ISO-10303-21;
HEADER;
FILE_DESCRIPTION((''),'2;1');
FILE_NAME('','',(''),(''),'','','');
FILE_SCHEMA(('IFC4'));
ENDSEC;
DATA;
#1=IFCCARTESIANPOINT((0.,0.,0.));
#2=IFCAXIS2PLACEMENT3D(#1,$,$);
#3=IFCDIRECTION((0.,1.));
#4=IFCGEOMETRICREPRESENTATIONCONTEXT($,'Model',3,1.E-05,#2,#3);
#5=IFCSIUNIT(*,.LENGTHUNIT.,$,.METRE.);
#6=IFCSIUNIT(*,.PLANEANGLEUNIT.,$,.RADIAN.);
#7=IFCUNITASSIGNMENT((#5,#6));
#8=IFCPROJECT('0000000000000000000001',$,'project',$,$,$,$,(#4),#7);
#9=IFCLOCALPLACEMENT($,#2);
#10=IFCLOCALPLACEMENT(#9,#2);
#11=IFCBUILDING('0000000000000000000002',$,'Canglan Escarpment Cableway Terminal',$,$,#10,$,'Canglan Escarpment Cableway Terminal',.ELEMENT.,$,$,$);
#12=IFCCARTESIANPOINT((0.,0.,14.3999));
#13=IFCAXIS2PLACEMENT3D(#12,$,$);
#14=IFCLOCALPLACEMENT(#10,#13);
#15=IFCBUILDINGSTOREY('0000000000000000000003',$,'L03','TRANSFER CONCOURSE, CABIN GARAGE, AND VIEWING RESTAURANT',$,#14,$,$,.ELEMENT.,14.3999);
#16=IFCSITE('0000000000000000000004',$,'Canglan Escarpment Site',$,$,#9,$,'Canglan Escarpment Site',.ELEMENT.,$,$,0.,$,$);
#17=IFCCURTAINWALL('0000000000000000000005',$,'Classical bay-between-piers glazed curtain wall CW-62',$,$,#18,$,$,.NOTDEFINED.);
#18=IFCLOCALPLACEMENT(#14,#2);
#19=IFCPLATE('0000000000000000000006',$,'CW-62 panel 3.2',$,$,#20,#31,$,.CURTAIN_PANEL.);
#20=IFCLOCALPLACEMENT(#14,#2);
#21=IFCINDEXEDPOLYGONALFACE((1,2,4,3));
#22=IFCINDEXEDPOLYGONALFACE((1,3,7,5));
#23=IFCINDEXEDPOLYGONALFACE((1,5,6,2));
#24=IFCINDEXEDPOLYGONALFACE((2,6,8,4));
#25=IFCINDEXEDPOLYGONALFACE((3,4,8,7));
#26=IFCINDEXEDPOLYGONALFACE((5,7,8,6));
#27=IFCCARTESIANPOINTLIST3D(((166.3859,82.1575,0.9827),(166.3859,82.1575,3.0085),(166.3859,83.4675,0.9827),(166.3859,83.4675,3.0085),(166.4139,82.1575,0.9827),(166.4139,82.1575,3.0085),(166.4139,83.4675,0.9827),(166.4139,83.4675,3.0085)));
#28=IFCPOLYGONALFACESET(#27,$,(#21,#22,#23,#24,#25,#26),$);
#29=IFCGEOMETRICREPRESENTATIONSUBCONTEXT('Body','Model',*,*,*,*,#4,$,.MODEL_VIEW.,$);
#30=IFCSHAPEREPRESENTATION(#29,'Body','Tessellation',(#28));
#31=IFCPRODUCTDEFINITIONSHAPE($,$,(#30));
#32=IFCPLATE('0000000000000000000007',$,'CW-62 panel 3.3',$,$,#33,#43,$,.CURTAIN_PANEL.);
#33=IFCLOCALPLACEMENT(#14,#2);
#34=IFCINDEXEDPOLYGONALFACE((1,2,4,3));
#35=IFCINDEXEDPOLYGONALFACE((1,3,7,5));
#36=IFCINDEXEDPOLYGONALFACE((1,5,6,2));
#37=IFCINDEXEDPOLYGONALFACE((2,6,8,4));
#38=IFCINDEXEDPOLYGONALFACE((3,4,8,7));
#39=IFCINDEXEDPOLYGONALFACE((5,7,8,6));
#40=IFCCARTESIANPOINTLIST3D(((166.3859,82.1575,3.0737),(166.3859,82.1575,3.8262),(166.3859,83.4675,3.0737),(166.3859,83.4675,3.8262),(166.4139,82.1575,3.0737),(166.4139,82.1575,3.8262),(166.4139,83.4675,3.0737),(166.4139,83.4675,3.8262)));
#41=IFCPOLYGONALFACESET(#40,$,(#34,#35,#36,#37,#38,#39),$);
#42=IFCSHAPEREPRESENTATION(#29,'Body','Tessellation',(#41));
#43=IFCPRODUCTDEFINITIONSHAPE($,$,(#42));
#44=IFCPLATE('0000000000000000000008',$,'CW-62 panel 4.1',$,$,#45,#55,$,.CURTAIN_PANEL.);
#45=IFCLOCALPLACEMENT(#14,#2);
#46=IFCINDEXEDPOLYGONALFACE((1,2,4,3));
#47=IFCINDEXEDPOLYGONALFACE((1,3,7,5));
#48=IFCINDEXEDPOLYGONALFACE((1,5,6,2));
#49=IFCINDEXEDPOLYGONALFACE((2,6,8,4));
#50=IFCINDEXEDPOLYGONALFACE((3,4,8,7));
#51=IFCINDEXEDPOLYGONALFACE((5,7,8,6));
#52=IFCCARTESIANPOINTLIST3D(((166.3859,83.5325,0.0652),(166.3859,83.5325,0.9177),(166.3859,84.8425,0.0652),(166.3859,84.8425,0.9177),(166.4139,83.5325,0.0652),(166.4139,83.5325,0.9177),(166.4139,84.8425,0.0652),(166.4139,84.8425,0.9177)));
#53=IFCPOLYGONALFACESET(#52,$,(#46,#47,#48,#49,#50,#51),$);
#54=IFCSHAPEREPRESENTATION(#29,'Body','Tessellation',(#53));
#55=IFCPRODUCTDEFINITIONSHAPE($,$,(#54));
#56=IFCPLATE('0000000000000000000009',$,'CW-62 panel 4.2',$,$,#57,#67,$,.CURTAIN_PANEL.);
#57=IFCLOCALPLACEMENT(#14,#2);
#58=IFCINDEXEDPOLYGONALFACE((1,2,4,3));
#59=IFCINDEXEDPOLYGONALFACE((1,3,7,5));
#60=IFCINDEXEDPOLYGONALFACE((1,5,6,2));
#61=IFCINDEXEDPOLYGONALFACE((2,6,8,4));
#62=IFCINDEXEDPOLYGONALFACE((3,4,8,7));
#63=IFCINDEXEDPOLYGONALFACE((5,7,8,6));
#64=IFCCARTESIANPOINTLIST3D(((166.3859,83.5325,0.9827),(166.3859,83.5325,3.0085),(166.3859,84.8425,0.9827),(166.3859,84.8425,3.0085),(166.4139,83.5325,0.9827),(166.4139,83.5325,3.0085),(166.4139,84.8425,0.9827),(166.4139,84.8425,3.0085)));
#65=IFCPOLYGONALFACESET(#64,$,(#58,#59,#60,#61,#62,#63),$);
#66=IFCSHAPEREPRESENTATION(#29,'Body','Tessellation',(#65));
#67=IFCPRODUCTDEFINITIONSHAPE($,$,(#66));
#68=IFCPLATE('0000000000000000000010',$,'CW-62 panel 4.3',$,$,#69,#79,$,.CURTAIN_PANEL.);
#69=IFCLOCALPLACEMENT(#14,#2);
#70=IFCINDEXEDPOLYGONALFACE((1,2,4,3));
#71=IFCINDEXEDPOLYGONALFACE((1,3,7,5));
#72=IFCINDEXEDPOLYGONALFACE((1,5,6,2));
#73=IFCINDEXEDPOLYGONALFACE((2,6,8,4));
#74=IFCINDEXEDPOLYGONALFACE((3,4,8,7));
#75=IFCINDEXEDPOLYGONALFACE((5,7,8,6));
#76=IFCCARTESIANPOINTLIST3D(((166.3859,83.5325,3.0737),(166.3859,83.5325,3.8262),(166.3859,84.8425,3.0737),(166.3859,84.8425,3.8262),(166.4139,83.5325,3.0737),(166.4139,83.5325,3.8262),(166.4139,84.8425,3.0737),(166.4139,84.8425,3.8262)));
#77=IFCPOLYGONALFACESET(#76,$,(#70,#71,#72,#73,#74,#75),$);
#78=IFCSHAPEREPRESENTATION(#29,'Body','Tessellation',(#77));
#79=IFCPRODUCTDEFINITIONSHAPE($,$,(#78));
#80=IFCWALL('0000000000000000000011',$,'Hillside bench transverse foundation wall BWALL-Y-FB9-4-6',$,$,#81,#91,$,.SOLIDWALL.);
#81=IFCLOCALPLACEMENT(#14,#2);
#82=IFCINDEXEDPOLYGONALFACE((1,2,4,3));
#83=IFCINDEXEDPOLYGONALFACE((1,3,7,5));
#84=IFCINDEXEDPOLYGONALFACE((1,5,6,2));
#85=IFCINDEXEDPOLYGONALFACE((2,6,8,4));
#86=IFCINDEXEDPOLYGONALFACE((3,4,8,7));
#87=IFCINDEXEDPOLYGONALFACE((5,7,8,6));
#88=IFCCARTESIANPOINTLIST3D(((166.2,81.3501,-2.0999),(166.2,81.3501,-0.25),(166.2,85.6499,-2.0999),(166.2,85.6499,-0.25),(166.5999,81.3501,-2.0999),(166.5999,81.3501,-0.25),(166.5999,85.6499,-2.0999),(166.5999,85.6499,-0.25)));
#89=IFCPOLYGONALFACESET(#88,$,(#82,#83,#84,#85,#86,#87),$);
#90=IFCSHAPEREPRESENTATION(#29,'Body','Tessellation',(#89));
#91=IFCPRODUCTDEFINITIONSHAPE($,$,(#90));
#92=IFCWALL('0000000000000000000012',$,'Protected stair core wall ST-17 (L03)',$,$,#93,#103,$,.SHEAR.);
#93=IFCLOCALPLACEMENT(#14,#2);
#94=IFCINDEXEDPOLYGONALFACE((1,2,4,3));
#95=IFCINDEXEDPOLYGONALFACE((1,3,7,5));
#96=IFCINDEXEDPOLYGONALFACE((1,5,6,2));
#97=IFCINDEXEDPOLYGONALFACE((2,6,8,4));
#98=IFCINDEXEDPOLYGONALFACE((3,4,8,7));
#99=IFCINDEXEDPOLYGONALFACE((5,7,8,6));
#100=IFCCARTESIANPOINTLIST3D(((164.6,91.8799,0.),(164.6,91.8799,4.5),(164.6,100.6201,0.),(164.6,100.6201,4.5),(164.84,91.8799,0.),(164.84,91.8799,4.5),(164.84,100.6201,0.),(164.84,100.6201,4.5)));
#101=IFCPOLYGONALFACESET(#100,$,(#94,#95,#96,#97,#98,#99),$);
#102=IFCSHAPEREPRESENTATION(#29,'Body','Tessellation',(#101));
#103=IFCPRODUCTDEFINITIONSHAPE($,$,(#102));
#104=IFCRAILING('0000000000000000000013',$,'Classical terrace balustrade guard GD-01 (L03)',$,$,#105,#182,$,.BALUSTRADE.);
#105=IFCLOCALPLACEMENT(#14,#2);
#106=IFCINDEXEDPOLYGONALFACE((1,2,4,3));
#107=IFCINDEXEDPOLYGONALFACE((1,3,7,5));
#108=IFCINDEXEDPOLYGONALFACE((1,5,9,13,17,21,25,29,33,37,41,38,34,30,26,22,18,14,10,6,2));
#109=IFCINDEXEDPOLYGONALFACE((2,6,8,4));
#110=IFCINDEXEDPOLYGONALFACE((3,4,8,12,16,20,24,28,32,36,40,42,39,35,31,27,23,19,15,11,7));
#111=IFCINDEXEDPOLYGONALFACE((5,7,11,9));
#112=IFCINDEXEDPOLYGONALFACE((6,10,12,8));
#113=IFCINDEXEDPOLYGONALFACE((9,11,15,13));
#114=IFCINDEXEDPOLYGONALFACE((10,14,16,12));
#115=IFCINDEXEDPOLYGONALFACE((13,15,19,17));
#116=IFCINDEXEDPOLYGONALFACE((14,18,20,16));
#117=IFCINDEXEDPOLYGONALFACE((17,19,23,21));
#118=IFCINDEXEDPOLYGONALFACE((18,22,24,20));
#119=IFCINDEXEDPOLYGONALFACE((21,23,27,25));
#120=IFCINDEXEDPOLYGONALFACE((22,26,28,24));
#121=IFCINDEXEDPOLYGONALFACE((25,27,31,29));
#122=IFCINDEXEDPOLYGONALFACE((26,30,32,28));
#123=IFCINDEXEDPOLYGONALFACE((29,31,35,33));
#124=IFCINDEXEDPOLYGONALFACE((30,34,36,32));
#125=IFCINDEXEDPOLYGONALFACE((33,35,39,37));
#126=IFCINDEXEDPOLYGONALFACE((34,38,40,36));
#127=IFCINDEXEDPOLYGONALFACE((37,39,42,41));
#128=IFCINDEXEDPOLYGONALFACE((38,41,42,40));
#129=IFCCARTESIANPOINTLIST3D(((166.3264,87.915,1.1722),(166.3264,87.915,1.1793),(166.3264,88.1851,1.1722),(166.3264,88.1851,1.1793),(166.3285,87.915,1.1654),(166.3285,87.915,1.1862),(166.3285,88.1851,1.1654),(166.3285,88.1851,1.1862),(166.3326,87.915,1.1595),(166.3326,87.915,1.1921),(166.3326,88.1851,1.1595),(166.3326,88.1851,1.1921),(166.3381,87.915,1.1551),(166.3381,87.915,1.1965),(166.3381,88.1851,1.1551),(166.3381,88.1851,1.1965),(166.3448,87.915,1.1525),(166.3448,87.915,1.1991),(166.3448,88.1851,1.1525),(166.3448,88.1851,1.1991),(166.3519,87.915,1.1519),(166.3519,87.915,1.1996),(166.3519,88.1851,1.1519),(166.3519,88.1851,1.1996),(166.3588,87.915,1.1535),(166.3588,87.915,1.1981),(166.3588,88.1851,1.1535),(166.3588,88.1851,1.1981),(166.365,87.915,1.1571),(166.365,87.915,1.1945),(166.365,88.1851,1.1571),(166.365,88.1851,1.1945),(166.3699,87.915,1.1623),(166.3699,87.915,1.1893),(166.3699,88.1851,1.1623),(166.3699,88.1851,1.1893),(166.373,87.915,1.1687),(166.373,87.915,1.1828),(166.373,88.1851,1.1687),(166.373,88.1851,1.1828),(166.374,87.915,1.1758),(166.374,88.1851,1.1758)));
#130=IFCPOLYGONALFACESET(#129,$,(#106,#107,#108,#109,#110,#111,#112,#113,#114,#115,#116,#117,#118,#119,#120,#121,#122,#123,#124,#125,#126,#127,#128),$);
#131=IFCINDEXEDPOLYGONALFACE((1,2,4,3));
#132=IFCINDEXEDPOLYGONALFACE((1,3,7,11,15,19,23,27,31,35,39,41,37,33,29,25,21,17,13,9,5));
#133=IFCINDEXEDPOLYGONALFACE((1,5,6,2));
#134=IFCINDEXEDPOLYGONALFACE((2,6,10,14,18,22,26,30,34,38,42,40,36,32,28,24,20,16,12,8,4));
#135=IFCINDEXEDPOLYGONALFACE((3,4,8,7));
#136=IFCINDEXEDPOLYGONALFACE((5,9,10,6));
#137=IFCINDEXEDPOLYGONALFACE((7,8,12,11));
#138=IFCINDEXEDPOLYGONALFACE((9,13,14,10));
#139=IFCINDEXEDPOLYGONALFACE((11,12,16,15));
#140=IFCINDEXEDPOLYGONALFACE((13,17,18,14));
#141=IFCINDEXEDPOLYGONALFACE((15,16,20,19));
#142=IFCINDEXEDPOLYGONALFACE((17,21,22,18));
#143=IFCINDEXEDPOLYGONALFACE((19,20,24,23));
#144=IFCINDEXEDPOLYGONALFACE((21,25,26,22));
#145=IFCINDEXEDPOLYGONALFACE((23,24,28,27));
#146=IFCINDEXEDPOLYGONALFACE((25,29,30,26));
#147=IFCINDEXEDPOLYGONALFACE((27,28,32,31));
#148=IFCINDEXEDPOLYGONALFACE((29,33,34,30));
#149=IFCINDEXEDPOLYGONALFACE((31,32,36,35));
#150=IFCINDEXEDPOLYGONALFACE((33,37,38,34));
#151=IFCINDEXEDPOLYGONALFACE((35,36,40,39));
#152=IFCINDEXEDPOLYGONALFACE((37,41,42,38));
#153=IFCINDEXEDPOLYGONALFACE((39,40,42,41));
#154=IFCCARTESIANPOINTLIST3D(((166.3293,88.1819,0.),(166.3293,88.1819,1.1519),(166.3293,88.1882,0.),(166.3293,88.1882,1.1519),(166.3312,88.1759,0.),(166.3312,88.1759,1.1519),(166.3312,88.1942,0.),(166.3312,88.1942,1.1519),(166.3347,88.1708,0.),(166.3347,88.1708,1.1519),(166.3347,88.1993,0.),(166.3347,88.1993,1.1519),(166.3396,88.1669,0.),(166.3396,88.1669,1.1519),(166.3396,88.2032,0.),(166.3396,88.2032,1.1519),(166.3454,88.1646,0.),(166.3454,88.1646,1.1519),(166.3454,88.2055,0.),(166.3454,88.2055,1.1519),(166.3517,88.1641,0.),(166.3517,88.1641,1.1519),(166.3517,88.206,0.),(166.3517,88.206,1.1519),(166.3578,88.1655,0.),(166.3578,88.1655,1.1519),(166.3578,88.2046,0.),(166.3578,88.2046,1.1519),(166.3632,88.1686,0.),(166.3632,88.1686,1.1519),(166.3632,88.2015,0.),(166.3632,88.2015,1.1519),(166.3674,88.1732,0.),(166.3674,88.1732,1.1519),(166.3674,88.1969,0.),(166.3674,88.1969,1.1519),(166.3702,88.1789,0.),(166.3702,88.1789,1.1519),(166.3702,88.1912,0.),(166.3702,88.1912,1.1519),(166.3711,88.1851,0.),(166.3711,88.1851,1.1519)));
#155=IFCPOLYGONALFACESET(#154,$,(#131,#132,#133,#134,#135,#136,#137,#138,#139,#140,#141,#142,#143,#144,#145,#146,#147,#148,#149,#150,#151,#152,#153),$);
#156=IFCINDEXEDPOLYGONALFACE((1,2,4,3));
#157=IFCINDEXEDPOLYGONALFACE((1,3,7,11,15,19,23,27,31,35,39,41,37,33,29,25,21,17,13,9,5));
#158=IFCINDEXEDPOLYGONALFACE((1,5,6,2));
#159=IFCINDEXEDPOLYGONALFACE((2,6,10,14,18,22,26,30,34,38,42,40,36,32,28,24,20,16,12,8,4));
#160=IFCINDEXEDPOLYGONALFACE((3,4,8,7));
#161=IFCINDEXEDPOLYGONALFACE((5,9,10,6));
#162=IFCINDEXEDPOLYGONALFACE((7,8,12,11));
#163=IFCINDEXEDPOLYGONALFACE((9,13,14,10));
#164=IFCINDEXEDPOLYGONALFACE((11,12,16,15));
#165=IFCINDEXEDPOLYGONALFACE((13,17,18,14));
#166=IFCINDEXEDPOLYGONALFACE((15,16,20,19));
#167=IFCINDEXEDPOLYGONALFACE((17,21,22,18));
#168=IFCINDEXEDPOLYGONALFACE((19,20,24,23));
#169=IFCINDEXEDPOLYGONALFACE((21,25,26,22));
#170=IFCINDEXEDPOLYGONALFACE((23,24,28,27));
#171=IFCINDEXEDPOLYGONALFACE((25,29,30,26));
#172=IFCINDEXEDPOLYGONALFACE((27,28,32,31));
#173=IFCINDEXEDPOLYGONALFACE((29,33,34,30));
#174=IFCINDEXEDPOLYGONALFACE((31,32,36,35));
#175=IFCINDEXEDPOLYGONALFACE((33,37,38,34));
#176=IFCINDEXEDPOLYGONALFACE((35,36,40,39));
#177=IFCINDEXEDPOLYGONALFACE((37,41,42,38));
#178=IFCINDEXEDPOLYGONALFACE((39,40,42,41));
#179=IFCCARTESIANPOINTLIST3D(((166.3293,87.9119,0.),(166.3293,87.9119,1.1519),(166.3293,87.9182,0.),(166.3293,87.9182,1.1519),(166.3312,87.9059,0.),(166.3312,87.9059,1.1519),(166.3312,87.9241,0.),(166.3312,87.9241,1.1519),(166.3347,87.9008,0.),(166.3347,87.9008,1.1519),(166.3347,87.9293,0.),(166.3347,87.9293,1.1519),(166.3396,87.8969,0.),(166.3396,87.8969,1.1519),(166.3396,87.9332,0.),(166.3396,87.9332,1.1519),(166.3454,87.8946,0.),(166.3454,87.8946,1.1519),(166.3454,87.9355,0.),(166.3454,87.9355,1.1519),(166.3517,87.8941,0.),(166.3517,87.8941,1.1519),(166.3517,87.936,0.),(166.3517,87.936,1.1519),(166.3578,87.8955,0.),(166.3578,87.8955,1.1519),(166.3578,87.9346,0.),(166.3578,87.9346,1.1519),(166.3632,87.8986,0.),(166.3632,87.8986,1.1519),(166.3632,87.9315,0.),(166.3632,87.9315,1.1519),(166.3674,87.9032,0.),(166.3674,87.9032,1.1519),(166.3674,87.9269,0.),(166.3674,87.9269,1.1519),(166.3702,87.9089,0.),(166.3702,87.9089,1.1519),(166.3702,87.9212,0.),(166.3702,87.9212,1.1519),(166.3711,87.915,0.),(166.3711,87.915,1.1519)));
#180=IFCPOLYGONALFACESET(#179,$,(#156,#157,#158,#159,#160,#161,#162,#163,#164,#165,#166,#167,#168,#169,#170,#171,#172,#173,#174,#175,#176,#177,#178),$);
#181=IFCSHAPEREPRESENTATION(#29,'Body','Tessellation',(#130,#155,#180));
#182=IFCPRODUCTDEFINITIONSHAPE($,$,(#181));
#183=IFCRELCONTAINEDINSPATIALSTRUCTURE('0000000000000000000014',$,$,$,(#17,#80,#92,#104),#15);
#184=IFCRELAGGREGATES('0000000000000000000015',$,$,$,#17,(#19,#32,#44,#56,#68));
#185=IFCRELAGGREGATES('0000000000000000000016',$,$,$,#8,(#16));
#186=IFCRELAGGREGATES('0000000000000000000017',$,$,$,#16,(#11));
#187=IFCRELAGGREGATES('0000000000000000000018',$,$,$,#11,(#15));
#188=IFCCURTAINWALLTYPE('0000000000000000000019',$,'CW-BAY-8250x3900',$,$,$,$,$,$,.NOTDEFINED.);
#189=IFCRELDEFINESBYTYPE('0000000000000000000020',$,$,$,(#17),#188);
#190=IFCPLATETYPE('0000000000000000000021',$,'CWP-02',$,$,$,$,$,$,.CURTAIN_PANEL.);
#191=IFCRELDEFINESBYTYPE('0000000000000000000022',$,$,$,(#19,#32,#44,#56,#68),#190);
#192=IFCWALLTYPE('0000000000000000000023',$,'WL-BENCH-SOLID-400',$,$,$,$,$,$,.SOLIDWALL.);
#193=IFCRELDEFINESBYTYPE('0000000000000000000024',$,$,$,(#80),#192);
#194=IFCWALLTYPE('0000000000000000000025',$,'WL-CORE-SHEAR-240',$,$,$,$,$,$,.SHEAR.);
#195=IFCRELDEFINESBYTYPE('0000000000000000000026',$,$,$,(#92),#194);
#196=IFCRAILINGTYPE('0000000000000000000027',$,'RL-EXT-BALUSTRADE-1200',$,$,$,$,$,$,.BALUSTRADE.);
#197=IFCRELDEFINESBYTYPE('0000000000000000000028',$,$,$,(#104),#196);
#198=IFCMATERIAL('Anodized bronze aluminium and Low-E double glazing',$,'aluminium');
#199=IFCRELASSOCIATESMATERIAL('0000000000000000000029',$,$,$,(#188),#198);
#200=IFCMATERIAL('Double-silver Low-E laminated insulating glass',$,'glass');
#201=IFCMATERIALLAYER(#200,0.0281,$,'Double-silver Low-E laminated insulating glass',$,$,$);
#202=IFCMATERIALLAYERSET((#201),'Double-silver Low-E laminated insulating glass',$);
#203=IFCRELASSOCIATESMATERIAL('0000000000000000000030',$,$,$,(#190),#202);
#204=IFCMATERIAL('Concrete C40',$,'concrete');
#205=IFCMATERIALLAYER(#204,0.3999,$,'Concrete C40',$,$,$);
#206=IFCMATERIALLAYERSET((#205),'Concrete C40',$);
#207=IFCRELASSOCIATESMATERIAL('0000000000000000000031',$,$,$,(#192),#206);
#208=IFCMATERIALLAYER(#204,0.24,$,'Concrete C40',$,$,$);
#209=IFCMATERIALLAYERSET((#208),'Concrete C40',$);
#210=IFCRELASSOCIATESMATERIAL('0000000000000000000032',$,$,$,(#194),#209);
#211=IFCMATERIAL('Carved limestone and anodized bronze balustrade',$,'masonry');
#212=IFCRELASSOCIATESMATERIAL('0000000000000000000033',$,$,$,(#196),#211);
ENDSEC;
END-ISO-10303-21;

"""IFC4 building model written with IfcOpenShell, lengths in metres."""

from ifc_helpers import new_model, si_unit, direction, frame, frame_2d, origin, origin_2d, place, context, subcontext, project, spatial, rectangle, circle, extrude, material, layer, layer_set, type_object, element, aggregate, save


model = new_model("IFC4")

# Units and contexts
model_context = context("Model", 3, precision=1e-05, world=origin(), true_north=direction((0.0, 1.0)))
body_context = subcontext(model_context, "Body", "Model", "MODEL_VIEW")
ifc_project = project(units=[si_unit("LENGTHUNIT", "METRE"), si_unit("PLANEANGLEUNIT", "RADIAN")], contexts=[model_context])

# Site, building, storey
site_placement = place(None, origin())
site = spatial("IfcSite", under=ifc_project, at=site_placement, Name="Canglan Escarpment Site", LongName="Canglan Escarpment Site", CompositionType="ELEMENT", RefElevation=0.0)
building_placement = place(site_placement, origin())
building = spatial("IfcBuilding", under=site, at=building_placement, Name="Canglan Escarpment Cableway Terminal", LongName="Canglan Escarpment Cableway Terminal", CompositionType="ELEMENT")
storey_placement = place(building_placement, frame((0.0, 0.0, 14.3999)))
storey = spatial("IfcBuildingStorey", under=building, at=storey_placement, Name="L03", Description="TRANSFER CONCOURSE, CABIN GARAGE, AND VIEWING RESTAURANT", CompositionType="ELEMENT", Elevation=14.3999)

# Shared definitions
ifc_material_1 = material(Name="Concrete C40", Category="concrete")

# Curtain wall, plates
ifc_material_2 = material(Name="Anodized bronze aluminium and Low-E double glazing", Category="aluminium")
curtain_wall_type = type_object("IfcCurtainWallType", Name="CW-BAY-8250x3900", PredefinedType="NOTDEFINED", material=ifc_material_2)
curtain_wall_placement = place(storey_placement, origin())
curtain_wall = element("IfcCurtainWall", 1, at=curtain_wall_placement, inside=storey, type_object=curtain_wall_type, Name="Classical bay-between-piers glazed curtain wall CW-62", PredefinedType="NOTDEFINED")
ifc_material_3 = material(Name="Double-silver Low-E laminated insulating glass", Category="glass")
ifc_layer_1 = layer(ifc_material_3, 0.0281, Name="Double-silver Low-E laminated insulating glass")
ifc_layer_set_1 = layer_set([ifc_layer_1], Name="Double-silver Low-E laminated insulating glass")
plate_type = type_object("IfcPlateType", Name="CWP-02", PredefinedType="CURTAIN_PANEL", material=ifc_layer_set_1)
plate_1_placement = place(storey_placement, frame((166.3999, 82.8125, 0.9827), z_axis=(0.0, 0.0, 1.0), x_axis=(0.0, 1.0, 0.0)))
plate_1 = element("IfcPlate", 2, at=plate_1_placement, type_object=plate_type, Name="CW-62 panel 3.2", PredefinedType="CURTAIN_PANEL", context=body_context, shape_type="SweptSolid", body=[
    extrude(rectangle(XDim=1.3101, YDim=0.0281, at=origin_2d()), origin(), (0.0, 0.0, 1.0), 2.0259),
])
plate_2_placement = place(storey_placement, frame((166.3999, 82.8125, 3.0737), z_axis=(0.0, 0.0, 1.0), x_axis=(0.0, 1.0, 0.0)))
plate_2 = element("IfcPlate", 3, at=plate_2_placement, type_object=plate_type, Name="CW-62 panel 3.3", PredefinedType="CURTAIN_PANEL", context=body_context, shape_type="SweptSolid", body=[
    extrude(rectangle(XDim=1.3101, YDim=0.0281, at=origin_2d()), origin(), (0.0, 0.0, 1.0), 0.7524),
])
plate_3_placement = place(storey_placement, frame((166.3999, 84.1875, 0.0652), z_axis=(0.0, 0.0, 1.0), x_axis=(0.0, 1.0, 0.0)))
plate_3 = element("IfcPlate", 4, at=plate_3_placement, type_object=plate_type, Name="CW-62 panel 4.1", PredefinedType="CURTAIN_PANEL", context=body_context, shape_type="SweptSolid", body=[
    extrude(rectangle(XDim=1.3101, YDim=0.0281, at=origin_2d()), origin(), (0.0, 0.0, 1.0), 0.8525),
])
plate_4_placement = place(storey_placement, frame((166.3999, 84.1875, 0.9827), z_axis=(0.0, 0.0, 1.0), x_axis=(0.0, 1.0, 0.0)))
plate_4 = element("IfcPlate", 5, at=plate_4_placement, type_object=plate_type, Name="CW-62 panel 4.2", PredefinedType="CURTAIN_PANEL", context=body_context, shape_type="SweptSolid", body=[
    extrude(rectangle(XDim=1.3101, YDim=0.0281, at=origin_2d()), origin(), (0.0, 0.0, 1.0), 2.0259),
])
plate_5_placement = place(storey_placement, frame((166.3999, 84.1875, 3.0737), z_axis=(0.0, 0.0, 1.0), x_axis=(0.0, 1.0, 0.0)))
plate_5 = element("IfcPlate", 6, at=plate_5_placement, type_object=plate_type, Name="CW-62 panel 4.3", PredefinedType="CURTAIN_PANEL", context=body_context, shape_type="SweptSolid", body=[
    extrude(rectangle(XDim=1.3101, YDim=0.0281, at=origin_2d()), origin(), (0.0, 0.0, 1.0), 0.7524),
])
aggregate(curtain_wall, [plate_1, plate_2, plate_3, plate_4, plate_5])

# Walls
ifc_layer_2 = layer(ifc_material_1, 0.3999, Name="Concrete C40")
ifc_layer_set_2 = layer_set([ifc_layer_2], Name="Concrete C40")
wall_type_1 = type_object("IfcWallType", Name="WL-BENCH-SOLID-400", PredefinedType="SOLIDWALL", material=ifc_layer_set_2)
wall_1_placement = place(storey_placement, frame((166.3999, 81.3501, -2.0999), z_axis=(0.0, 0.0, 1.0), x_axis=(0.0, 1.0, 0.0)))
element("IfcWall", 7, at=wall_1_placement, inside=storey, type_object=wall_type_1, Name="Hillside bench transverse foundation wall BWALL-Y-FB9-4-6", PredefinedType="SOLIDWALL", context=body_context, shape_type="SweptSolid", body=[
    extrude(rectangle(XDim=4.2998, YDim=0.3999, at=frame_2d((2.1499, 0.0))), origin(), (0.0, 0.0, 1.0), 1.8499),
])
ifc_layer_3 = layer(ifc_material_1, 0.24, Name="Concrete C40")
ifc_layer_set_3 = layer_set([ifc_layer_3], Name="Concrete C40")
wall_type_2 = type_object("IfcWallType", Name="WL-CORE-SHEAR-240", PredefinedType="SHEAR", material=ifc_layer_set_3)
wall_2_placement = place(storey_placement, frame((164.72, 91.8799, 0.0), z_axis=(0.0, 0.0, 1.0), x_axis=(0.0, 1.0, 0.0)))
element("IfcWall", 8, at=wall_2_placement, inside=storey, type_object=wall_type_2, Name="Protected stair core wall ST-17 (L03)", PredefinedType="SHEAR", context=body_context, shape_type="SweptSolid", body=[
    extrude(rectangle(XDim=8.7402, YDim=0.24, at=frame_2d((4.3701, 0.0))), origin(), (0.0, 0.0, 1.0), 4.5),
])

# Railing
ifc_material_4 = material(Name="Carved limestone and anodized bronze balustrade", Category="masonry")
railing_type = type_object("IfcRailingType", Name="RL-EXT-BALUSTRADE-1200", PredefinedType="BALUSTRADE", material=ifc_material_4)
railing_placement = place(storey_placement, frame((166.3501, 88.1851, 0.0)))
element("IfcRailing", 9, at=railing_placement, inside=storey, type_object=railing_type, Name="Classical terrace balustrade guard GD-01 (L03)", PredefinedType="BALUSTRADE", context=body_context, shape_type="SweptSolid", body=[
    extrude(circle(Radius=0.0239, at=origin_2d()), frame((0.0, 0.0, 1.1758), z_axis=(0.0, -1.0, 0.0), x_axis=(1.0, 0.0, 0.0)), (0.0, 0.0, 1.0), 0.27),
    extrude(circle(Radius=0.021, at=origin_2d()), origin(), (0.0, 0.0, 1.0), 1.1519),
    extrude(circle(Radius=0.021, at=origin_2d()), frame((0.0, -0.27, 0.0)), (0.0, 0.0, 1.0), 1.1519),
])

save(model, "model.ifc")
